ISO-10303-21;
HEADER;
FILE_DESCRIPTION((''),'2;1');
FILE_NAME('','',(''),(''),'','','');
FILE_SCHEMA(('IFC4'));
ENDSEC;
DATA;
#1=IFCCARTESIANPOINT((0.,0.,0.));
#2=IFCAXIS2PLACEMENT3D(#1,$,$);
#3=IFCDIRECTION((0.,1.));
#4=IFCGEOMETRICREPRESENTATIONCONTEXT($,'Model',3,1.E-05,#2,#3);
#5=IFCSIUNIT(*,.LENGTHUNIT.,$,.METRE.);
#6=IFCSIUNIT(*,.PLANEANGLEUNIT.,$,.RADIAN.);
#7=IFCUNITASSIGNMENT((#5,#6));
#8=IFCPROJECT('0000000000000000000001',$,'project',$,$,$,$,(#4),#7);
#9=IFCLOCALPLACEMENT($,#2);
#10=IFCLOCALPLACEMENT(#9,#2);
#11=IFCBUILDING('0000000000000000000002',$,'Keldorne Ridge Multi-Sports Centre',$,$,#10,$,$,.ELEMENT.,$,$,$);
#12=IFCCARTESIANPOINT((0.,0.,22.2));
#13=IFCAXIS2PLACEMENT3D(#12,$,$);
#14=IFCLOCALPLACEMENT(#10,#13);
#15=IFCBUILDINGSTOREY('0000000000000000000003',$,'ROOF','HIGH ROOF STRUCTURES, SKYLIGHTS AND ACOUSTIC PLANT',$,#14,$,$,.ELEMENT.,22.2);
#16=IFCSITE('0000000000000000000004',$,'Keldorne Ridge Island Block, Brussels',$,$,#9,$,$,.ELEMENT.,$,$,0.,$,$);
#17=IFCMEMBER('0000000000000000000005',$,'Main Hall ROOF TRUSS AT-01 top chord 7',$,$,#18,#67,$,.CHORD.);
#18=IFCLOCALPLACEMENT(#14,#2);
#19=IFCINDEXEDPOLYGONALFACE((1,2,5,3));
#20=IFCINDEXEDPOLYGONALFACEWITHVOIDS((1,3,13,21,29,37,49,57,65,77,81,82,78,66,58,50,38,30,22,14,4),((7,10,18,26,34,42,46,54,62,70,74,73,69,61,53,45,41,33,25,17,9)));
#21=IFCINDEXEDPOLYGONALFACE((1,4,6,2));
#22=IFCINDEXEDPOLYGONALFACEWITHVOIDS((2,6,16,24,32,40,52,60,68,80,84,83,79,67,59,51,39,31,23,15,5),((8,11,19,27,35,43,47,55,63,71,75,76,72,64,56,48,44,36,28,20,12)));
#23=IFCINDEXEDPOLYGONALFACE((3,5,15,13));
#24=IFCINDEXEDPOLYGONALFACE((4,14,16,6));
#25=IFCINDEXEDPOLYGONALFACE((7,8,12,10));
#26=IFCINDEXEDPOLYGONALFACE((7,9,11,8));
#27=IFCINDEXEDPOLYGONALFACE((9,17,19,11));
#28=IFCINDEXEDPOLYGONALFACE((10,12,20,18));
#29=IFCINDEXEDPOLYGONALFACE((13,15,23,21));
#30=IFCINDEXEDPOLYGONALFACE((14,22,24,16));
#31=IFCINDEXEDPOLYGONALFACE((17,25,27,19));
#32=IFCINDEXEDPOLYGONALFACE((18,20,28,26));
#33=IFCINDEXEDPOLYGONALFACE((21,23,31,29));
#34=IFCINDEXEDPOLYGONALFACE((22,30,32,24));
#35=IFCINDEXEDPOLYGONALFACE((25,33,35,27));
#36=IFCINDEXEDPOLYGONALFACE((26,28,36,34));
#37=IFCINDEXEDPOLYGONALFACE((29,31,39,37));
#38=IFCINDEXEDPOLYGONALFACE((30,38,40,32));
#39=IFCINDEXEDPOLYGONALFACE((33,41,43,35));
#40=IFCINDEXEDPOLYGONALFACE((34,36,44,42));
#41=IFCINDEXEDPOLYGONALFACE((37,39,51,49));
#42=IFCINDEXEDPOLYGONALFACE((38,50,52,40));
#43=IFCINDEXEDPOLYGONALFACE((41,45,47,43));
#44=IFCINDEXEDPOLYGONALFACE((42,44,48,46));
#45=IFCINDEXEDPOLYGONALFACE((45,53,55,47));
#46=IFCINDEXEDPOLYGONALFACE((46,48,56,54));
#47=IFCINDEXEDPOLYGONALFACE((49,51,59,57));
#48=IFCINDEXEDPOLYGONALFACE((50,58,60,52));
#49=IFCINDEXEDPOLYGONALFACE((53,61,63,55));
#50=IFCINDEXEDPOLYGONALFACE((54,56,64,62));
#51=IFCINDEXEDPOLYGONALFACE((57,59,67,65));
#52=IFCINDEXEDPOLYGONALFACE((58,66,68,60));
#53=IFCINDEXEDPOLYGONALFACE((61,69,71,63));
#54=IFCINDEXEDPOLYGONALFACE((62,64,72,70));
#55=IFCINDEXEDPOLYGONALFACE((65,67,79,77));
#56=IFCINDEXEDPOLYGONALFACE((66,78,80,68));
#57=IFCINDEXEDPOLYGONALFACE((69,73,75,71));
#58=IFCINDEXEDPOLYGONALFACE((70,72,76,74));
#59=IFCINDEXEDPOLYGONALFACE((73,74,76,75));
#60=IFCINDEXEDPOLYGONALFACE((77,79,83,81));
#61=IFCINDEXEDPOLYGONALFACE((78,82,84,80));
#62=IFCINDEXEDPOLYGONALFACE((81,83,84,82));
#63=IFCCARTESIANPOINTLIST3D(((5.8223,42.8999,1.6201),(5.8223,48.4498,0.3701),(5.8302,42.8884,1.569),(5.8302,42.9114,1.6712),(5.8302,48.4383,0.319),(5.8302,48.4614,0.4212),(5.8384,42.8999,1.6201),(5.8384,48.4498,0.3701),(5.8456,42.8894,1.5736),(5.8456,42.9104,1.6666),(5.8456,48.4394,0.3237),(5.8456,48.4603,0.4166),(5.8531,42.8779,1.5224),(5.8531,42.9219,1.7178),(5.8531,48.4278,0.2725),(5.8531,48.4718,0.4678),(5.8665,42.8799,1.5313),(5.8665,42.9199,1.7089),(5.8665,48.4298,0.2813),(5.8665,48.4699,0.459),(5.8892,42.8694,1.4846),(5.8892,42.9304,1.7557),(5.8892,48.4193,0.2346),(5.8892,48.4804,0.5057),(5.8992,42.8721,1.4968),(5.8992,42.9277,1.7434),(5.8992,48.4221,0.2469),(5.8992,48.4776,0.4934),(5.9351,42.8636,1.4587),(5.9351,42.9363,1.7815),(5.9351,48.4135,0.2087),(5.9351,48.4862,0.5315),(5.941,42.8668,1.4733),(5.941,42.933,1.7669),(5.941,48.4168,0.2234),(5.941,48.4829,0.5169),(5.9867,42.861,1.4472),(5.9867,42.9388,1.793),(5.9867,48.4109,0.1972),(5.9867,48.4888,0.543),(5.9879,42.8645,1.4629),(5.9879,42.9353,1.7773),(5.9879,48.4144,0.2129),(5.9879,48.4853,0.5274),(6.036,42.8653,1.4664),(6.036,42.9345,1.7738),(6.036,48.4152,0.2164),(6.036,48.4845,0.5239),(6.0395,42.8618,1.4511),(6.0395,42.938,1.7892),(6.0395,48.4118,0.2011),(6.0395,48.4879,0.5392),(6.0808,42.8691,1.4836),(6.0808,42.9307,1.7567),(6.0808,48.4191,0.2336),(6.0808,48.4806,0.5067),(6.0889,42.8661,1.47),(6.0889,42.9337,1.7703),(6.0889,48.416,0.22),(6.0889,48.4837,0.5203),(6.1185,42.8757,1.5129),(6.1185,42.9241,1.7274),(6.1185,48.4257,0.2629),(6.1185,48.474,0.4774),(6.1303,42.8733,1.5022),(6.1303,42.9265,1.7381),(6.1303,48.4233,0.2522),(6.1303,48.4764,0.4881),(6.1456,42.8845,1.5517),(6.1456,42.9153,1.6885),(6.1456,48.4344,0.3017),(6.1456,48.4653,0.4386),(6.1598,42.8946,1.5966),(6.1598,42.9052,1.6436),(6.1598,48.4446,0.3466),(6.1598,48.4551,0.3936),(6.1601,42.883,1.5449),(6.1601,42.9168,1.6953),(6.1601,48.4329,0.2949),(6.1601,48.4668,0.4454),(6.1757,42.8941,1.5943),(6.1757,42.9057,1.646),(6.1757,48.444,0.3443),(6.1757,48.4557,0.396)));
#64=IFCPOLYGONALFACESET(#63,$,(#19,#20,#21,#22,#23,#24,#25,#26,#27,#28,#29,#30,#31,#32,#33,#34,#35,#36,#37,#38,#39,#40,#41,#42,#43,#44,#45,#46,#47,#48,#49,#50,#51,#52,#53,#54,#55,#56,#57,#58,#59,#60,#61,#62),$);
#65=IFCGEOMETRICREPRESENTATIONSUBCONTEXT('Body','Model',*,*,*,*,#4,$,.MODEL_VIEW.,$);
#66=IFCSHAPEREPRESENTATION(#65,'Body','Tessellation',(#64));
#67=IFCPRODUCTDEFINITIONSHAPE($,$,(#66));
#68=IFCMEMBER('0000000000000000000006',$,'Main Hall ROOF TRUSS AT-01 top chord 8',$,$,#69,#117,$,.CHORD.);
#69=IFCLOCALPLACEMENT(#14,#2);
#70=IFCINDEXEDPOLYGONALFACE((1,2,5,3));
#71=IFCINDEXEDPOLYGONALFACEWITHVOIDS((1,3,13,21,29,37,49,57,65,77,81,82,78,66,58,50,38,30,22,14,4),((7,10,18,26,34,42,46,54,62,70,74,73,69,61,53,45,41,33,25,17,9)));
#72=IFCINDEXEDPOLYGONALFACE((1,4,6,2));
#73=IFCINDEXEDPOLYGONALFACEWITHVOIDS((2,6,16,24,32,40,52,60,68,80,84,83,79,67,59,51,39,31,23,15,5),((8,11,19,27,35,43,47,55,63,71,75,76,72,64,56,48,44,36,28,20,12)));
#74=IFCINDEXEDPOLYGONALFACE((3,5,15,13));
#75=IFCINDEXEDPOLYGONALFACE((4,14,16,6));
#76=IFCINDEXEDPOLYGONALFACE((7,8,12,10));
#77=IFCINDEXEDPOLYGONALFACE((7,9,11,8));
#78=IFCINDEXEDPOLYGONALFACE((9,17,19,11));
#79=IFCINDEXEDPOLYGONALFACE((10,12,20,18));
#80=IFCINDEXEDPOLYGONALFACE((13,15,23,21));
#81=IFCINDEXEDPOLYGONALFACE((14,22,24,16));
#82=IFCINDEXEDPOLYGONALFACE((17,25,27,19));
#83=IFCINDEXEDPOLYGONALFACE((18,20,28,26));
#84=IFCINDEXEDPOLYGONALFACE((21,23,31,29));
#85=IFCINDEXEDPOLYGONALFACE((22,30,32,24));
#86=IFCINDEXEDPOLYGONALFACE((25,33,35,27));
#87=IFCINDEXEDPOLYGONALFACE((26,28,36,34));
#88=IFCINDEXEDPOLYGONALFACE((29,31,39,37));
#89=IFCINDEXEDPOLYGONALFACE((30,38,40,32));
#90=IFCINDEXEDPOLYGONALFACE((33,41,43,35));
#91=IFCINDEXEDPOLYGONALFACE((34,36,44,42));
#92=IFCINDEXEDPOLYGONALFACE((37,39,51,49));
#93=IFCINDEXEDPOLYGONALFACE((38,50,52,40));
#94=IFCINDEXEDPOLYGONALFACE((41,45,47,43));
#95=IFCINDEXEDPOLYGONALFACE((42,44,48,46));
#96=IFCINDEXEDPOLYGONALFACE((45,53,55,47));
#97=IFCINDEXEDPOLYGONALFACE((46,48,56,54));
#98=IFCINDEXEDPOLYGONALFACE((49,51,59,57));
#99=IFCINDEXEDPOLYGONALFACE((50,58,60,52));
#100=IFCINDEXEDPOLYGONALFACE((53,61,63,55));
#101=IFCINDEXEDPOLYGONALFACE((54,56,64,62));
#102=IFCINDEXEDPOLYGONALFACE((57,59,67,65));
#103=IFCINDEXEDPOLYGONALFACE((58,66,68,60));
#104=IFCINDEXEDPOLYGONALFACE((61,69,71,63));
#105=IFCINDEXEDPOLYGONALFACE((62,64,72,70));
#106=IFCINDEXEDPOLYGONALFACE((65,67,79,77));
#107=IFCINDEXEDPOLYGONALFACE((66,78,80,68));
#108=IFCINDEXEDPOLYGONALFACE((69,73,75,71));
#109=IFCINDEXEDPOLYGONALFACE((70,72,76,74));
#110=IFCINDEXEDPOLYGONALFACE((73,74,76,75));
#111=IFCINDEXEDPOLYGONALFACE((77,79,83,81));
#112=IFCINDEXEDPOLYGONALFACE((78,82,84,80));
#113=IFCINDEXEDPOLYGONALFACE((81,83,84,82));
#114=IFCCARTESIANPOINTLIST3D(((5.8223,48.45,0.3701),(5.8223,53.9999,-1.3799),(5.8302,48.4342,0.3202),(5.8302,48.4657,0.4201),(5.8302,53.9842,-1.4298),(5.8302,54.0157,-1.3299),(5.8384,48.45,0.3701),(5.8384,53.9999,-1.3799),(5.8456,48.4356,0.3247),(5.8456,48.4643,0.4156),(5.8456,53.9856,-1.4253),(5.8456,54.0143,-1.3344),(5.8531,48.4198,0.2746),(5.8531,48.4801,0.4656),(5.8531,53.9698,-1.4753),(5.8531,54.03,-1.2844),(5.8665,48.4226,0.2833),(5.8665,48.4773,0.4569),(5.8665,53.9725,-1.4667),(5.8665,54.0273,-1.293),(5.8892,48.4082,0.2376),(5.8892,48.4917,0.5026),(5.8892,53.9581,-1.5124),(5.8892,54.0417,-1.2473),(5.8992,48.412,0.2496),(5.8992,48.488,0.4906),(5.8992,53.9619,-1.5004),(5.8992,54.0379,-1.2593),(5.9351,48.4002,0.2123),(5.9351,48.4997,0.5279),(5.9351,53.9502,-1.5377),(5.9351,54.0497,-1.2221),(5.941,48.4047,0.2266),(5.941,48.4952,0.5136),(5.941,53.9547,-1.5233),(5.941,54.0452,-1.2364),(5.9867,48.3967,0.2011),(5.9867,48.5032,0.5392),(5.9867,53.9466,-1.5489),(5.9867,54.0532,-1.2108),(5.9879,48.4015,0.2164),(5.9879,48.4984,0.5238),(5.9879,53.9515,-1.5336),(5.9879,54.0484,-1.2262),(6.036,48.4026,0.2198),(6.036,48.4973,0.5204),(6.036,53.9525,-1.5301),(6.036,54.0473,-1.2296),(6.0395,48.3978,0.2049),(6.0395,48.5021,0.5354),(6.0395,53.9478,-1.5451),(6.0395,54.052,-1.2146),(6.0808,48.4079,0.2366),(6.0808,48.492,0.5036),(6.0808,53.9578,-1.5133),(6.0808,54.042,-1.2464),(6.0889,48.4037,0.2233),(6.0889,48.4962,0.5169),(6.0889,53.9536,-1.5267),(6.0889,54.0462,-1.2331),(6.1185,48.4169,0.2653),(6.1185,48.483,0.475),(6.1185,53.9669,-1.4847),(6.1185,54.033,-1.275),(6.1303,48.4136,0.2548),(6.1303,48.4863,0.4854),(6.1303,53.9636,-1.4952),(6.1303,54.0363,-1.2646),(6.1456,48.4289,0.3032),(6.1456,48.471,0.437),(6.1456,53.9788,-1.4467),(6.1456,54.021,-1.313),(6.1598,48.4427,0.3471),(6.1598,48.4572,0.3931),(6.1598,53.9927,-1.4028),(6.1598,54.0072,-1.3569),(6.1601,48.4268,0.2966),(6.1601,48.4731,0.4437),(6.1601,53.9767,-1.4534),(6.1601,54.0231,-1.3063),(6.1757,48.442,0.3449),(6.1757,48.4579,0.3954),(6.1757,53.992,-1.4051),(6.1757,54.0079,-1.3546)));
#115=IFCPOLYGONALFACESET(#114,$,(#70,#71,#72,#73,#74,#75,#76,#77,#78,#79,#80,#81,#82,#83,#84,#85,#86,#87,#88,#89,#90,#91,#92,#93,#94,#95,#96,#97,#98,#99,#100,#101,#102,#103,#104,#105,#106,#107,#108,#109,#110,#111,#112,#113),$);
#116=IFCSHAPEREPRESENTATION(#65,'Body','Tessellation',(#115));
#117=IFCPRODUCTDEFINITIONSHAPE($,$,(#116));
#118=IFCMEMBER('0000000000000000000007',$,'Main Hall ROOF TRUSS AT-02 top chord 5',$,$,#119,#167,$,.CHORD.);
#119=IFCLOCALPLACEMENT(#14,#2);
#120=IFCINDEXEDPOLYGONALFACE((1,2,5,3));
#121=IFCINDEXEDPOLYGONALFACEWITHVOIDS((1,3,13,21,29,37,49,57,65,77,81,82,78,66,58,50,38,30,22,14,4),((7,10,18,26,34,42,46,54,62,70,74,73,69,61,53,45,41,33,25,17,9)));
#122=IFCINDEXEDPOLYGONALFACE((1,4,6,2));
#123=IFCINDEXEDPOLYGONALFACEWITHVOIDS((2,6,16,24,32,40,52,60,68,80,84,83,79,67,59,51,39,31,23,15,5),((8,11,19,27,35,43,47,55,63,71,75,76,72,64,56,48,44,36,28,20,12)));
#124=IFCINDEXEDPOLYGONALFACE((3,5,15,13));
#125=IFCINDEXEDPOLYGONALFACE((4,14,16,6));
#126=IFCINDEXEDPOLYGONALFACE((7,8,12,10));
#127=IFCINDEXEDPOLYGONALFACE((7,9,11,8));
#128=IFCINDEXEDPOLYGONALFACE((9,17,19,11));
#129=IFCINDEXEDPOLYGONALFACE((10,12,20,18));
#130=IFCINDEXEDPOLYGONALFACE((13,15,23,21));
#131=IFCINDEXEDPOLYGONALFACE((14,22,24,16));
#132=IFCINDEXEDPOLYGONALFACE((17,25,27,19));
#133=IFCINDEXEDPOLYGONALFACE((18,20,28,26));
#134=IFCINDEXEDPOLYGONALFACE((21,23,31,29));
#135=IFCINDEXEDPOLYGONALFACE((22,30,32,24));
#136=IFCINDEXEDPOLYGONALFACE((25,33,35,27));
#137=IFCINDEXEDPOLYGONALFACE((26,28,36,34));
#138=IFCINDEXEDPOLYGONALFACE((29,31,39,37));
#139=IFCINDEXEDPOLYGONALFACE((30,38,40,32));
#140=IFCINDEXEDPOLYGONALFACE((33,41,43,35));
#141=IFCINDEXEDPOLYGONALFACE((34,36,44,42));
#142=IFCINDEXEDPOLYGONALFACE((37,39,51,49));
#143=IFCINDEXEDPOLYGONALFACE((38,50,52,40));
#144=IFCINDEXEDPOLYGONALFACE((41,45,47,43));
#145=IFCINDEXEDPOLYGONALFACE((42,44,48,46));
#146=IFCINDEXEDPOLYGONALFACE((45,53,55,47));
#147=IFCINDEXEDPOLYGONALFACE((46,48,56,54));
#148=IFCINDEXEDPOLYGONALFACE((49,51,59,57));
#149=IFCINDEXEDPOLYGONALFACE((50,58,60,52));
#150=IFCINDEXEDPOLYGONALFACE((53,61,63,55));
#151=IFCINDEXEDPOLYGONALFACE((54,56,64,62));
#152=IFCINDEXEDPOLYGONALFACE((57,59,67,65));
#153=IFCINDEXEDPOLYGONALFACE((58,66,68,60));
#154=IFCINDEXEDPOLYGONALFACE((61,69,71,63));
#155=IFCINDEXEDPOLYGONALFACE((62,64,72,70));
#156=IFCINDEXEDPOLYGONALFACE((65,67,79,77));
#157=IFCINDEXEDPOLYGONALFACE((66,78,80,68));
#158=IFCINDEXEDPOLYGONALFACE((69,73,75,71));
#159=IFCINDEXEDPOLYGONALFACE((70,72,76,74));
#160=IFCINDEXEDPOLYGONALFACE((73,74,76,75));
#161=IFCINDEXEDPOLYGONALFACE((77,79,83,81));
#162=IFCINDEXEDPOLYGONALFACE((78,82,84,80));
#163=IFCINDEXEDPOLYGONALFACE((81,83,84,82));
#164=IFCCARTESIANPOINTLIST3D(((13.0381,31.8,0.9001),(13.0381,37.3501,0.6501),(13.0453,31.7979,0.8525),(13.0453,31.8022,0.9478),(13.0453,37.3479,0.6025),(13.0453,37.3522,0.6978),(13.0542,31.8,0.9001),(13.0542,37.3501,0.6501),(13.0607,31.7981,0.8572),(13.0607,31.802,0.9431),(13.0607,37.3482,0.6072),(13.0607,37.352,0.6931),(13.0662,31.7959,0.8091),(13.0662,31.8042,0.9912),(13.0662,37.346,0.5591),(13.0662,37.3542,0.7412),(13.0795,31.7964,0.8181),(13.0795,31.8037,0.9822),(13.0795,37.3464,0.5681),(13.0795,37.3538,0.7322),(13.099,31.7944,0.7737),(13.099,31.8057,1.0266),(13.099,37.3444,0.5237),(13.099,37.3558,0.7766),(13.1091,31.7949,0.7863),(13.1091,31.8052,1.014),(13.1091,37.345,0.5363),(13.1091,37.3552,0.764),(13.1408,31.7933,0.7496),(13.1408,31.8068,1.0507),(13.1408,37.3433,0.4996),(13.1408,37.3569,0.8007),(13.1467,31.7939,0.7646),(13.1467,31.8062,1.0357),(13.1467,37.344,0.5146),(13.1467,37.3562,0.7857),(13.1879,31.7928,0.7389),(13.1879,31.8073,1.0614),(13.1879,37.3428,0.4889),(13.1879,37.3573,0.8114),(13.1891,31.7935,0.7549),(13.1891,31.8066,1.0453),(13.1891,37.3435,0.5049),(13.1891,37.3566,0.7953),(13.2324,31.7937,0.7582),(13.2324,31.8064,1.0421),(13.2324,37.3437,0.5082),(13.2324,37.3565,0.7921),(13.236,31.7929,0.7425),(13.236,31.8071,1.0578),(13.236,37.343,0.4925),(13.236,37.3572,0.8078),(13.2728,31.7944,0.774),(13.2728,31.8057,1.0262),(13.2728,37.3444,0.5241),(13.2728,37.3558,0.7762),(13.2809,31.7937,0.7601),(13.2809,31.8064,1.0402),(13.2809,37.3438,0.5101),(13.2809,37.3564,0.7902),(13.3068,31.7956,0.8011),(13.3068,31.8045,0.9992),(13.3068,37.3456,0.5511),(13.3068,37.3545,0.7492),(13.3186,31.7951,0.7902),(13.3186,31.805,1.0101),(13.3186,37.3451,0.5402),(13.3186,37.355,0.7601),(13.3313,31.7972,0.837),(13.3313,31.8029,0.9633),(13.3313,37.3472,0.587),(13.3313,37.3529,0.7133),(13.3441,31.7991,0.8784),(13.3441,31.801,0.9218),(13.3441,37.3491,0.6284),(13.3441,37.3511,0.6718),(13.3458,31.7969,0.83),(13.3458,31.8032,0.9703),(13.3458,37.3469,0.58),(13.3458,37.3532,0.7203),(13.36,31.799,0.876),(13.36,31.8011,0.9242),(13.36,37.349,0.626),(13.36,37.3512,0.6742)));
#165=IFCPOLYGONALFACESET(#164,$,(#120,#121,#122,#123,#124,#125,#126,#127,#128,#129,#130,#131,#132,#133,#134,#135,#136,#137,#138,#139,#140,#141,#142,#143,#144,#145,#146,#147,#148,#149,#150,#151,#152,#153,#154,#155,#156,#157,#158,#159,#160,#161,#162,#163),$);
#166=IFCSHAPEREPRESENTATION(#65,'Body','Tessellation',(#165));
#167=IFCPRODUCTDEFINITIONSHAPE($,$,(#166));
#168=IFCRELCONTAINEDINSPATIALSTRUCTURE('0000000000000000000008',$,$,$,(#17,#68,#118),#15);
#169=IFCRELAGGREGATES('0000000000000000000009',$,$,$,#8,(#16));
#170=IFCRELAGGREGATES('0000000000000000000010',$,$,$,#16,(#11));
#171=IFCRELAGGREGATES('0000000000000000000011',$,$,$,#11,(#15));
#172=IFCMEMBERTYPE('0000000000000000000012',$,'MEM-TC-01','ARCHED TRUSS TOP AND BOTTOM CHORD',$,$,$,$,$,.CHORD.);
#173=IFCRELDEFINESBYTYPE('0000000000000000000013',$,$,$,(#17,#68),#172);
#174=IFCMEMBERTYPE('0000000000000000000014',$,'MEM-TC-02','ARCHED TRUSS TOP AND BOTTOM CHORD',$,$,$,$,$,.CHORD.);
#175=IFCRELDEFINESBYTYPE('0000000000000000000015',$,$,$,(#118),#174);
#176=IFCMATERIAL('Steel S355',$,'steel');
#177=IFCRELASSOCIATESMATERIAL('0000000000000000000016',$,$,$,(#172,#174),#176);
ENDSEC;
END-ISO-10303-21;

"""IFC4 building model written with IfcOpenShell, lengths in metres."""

from ifc_helpers import new_model, si_unit, direction, frame, origin, origin_2d, place, context, subcontext, project, spatial, hollow_circle, extrude, material, material_profile, profile_set, type_object, element, save


model = new_model("IFC4")

# Units and contexts
model_context = context("Model", 3, precision=1e-05, world=origin(), true_north=direction((0.0, 1.0)))
body_context = subcontext(model_context, "Body", "Model", "MODEL_VIEW")
ifc_project = project(units=[si_unit("LENGTHUNIT", "METRE"), si_unit("PLANEANGLEUNIT", "RADIAN")], contexts=[model_context])

# Site, building, storey
site_placement = place(None, origin())
site = spatial("IfcSite", under=ifc_project, at=site_placement, Name="Keldorne Ridge Island Block, Brussels", CompositionType="ELEMENT", RefElevation=0.0)
building_placement = place(site_placement, origin())
building = spatial("IfcBuilding", under=site, at=building_placement, Name="Keldorne Ridge Multi-Sports Centre", CompositionType="ELEMENT")
storey_placement = place(building_placement, frame((0.0, 0.0, 22.2)))
storey = spatial("IfcBuildingStorey", under=building, at=storey_placement, Name="ROOF", Description="HIGH ROOF STRUCTURES, SKYLIGHTS AND ACOUSTIC PLANT", CompositionType="ELEMENT", Elevation=22.2)

# Members
ifc_material = material(Name="Steel S355", Category="steel")
ifc_material_profile_1 = material_profile(ifc_material, hollow_circle(Radius=0.1777, WallThickness=0.0161, at=origin_2d()), Name="CHS 355.6x16")
ifc_profile_set_1 = profile_set([ifc_material_profile_1], Name="Steel S355")
member_type_1 = type_object("IfcMemberType", Name="MEM-TC-01", Description="ARCHED TRUSS TOP AND BOTTOM CHORD", PredefinedType="CHORD", material=ifc_profile_set_1)
member_1_placement = place(storey_placement, frame((6.0, 42.8999, 1.6201), z_axis=(0.0, 0.975563, -0.219719), x_axis=(-1.0, 0.0, 0.0)))
element("IfcMember", 1, at=member_1_placement, inside=storey, type_object=member_type_1, Name="Main Hall ROOF TRUSS AT-01 top chord 7", PredefinedType="CHORD", context=body_context, shape_type="SweptSolid", body=[
    extrude(hollow_circle(Radius=0.1777, WallThickness=0.0161, at=origin_2d()), origin(), (0.0, 0.0, 1.0), 5.689),
])
member_2_placement = place(storey_placement, frame((6.0, 48.45, 0.3701), z_axis=(0.0, 0.953713, -0.300718), x_axis=(-1.0, 0.0, 0.0)))
element("IfcMember", 2, at=member_2_placement, inside=storey, type_object=member_type_1, Name="Main Hall ROOF TRUSS AT-01 top chord 8", PredefinedType="CHORD", context=body_context, shape_type="SweptSolid", body=[
    extrude(hollow_circle(Radius=0.1777, WallThickness=0.0161, at=origin_2d()), origin(), (0.0, 0.0, 1.0), 5.8193),
])
ifc_material_profile_2 = material_profile(ifc_material, hollow_circle(Radius=0.1619, WallThickness=0.0161, at=origin_2d()), Name="CHS 323.9x16")
ifc_profile_set_2 = profile_set([ifc_material_profile_2], Name="Steel S355")
member_type_2 = type_object("IfcMemberType", Name="MEM-TC-02", Description="ARCHED TRUSS TOP AND BOTTOM CHORD", PredefinedType="CHORD", material=ifc_profile_set_2)
member_3_placement = place(storey_placement, frame((13.2, 31.8, 0.9001), z_axis=(0.0, 0.998987, -0.044999), x_axis=(-1.0, 0.0, 0.0)))
element("IfcMember", 3, at=member_3_placement, inside=storey, type_object=member_type_2, Name="Main Hall ROOF TRUSS AT-02 top chord 5", PredefinedType="CHORD", context=body_context, shape_type="SweptSolid", body=[
    extrude(hollow_circle(Radius=0.1619, WallThickness=0.0161, at=origin_2d()), origin(), (0.0, 0.0, 1.0), 5.5557),
])

save(model, "model.ifc")
